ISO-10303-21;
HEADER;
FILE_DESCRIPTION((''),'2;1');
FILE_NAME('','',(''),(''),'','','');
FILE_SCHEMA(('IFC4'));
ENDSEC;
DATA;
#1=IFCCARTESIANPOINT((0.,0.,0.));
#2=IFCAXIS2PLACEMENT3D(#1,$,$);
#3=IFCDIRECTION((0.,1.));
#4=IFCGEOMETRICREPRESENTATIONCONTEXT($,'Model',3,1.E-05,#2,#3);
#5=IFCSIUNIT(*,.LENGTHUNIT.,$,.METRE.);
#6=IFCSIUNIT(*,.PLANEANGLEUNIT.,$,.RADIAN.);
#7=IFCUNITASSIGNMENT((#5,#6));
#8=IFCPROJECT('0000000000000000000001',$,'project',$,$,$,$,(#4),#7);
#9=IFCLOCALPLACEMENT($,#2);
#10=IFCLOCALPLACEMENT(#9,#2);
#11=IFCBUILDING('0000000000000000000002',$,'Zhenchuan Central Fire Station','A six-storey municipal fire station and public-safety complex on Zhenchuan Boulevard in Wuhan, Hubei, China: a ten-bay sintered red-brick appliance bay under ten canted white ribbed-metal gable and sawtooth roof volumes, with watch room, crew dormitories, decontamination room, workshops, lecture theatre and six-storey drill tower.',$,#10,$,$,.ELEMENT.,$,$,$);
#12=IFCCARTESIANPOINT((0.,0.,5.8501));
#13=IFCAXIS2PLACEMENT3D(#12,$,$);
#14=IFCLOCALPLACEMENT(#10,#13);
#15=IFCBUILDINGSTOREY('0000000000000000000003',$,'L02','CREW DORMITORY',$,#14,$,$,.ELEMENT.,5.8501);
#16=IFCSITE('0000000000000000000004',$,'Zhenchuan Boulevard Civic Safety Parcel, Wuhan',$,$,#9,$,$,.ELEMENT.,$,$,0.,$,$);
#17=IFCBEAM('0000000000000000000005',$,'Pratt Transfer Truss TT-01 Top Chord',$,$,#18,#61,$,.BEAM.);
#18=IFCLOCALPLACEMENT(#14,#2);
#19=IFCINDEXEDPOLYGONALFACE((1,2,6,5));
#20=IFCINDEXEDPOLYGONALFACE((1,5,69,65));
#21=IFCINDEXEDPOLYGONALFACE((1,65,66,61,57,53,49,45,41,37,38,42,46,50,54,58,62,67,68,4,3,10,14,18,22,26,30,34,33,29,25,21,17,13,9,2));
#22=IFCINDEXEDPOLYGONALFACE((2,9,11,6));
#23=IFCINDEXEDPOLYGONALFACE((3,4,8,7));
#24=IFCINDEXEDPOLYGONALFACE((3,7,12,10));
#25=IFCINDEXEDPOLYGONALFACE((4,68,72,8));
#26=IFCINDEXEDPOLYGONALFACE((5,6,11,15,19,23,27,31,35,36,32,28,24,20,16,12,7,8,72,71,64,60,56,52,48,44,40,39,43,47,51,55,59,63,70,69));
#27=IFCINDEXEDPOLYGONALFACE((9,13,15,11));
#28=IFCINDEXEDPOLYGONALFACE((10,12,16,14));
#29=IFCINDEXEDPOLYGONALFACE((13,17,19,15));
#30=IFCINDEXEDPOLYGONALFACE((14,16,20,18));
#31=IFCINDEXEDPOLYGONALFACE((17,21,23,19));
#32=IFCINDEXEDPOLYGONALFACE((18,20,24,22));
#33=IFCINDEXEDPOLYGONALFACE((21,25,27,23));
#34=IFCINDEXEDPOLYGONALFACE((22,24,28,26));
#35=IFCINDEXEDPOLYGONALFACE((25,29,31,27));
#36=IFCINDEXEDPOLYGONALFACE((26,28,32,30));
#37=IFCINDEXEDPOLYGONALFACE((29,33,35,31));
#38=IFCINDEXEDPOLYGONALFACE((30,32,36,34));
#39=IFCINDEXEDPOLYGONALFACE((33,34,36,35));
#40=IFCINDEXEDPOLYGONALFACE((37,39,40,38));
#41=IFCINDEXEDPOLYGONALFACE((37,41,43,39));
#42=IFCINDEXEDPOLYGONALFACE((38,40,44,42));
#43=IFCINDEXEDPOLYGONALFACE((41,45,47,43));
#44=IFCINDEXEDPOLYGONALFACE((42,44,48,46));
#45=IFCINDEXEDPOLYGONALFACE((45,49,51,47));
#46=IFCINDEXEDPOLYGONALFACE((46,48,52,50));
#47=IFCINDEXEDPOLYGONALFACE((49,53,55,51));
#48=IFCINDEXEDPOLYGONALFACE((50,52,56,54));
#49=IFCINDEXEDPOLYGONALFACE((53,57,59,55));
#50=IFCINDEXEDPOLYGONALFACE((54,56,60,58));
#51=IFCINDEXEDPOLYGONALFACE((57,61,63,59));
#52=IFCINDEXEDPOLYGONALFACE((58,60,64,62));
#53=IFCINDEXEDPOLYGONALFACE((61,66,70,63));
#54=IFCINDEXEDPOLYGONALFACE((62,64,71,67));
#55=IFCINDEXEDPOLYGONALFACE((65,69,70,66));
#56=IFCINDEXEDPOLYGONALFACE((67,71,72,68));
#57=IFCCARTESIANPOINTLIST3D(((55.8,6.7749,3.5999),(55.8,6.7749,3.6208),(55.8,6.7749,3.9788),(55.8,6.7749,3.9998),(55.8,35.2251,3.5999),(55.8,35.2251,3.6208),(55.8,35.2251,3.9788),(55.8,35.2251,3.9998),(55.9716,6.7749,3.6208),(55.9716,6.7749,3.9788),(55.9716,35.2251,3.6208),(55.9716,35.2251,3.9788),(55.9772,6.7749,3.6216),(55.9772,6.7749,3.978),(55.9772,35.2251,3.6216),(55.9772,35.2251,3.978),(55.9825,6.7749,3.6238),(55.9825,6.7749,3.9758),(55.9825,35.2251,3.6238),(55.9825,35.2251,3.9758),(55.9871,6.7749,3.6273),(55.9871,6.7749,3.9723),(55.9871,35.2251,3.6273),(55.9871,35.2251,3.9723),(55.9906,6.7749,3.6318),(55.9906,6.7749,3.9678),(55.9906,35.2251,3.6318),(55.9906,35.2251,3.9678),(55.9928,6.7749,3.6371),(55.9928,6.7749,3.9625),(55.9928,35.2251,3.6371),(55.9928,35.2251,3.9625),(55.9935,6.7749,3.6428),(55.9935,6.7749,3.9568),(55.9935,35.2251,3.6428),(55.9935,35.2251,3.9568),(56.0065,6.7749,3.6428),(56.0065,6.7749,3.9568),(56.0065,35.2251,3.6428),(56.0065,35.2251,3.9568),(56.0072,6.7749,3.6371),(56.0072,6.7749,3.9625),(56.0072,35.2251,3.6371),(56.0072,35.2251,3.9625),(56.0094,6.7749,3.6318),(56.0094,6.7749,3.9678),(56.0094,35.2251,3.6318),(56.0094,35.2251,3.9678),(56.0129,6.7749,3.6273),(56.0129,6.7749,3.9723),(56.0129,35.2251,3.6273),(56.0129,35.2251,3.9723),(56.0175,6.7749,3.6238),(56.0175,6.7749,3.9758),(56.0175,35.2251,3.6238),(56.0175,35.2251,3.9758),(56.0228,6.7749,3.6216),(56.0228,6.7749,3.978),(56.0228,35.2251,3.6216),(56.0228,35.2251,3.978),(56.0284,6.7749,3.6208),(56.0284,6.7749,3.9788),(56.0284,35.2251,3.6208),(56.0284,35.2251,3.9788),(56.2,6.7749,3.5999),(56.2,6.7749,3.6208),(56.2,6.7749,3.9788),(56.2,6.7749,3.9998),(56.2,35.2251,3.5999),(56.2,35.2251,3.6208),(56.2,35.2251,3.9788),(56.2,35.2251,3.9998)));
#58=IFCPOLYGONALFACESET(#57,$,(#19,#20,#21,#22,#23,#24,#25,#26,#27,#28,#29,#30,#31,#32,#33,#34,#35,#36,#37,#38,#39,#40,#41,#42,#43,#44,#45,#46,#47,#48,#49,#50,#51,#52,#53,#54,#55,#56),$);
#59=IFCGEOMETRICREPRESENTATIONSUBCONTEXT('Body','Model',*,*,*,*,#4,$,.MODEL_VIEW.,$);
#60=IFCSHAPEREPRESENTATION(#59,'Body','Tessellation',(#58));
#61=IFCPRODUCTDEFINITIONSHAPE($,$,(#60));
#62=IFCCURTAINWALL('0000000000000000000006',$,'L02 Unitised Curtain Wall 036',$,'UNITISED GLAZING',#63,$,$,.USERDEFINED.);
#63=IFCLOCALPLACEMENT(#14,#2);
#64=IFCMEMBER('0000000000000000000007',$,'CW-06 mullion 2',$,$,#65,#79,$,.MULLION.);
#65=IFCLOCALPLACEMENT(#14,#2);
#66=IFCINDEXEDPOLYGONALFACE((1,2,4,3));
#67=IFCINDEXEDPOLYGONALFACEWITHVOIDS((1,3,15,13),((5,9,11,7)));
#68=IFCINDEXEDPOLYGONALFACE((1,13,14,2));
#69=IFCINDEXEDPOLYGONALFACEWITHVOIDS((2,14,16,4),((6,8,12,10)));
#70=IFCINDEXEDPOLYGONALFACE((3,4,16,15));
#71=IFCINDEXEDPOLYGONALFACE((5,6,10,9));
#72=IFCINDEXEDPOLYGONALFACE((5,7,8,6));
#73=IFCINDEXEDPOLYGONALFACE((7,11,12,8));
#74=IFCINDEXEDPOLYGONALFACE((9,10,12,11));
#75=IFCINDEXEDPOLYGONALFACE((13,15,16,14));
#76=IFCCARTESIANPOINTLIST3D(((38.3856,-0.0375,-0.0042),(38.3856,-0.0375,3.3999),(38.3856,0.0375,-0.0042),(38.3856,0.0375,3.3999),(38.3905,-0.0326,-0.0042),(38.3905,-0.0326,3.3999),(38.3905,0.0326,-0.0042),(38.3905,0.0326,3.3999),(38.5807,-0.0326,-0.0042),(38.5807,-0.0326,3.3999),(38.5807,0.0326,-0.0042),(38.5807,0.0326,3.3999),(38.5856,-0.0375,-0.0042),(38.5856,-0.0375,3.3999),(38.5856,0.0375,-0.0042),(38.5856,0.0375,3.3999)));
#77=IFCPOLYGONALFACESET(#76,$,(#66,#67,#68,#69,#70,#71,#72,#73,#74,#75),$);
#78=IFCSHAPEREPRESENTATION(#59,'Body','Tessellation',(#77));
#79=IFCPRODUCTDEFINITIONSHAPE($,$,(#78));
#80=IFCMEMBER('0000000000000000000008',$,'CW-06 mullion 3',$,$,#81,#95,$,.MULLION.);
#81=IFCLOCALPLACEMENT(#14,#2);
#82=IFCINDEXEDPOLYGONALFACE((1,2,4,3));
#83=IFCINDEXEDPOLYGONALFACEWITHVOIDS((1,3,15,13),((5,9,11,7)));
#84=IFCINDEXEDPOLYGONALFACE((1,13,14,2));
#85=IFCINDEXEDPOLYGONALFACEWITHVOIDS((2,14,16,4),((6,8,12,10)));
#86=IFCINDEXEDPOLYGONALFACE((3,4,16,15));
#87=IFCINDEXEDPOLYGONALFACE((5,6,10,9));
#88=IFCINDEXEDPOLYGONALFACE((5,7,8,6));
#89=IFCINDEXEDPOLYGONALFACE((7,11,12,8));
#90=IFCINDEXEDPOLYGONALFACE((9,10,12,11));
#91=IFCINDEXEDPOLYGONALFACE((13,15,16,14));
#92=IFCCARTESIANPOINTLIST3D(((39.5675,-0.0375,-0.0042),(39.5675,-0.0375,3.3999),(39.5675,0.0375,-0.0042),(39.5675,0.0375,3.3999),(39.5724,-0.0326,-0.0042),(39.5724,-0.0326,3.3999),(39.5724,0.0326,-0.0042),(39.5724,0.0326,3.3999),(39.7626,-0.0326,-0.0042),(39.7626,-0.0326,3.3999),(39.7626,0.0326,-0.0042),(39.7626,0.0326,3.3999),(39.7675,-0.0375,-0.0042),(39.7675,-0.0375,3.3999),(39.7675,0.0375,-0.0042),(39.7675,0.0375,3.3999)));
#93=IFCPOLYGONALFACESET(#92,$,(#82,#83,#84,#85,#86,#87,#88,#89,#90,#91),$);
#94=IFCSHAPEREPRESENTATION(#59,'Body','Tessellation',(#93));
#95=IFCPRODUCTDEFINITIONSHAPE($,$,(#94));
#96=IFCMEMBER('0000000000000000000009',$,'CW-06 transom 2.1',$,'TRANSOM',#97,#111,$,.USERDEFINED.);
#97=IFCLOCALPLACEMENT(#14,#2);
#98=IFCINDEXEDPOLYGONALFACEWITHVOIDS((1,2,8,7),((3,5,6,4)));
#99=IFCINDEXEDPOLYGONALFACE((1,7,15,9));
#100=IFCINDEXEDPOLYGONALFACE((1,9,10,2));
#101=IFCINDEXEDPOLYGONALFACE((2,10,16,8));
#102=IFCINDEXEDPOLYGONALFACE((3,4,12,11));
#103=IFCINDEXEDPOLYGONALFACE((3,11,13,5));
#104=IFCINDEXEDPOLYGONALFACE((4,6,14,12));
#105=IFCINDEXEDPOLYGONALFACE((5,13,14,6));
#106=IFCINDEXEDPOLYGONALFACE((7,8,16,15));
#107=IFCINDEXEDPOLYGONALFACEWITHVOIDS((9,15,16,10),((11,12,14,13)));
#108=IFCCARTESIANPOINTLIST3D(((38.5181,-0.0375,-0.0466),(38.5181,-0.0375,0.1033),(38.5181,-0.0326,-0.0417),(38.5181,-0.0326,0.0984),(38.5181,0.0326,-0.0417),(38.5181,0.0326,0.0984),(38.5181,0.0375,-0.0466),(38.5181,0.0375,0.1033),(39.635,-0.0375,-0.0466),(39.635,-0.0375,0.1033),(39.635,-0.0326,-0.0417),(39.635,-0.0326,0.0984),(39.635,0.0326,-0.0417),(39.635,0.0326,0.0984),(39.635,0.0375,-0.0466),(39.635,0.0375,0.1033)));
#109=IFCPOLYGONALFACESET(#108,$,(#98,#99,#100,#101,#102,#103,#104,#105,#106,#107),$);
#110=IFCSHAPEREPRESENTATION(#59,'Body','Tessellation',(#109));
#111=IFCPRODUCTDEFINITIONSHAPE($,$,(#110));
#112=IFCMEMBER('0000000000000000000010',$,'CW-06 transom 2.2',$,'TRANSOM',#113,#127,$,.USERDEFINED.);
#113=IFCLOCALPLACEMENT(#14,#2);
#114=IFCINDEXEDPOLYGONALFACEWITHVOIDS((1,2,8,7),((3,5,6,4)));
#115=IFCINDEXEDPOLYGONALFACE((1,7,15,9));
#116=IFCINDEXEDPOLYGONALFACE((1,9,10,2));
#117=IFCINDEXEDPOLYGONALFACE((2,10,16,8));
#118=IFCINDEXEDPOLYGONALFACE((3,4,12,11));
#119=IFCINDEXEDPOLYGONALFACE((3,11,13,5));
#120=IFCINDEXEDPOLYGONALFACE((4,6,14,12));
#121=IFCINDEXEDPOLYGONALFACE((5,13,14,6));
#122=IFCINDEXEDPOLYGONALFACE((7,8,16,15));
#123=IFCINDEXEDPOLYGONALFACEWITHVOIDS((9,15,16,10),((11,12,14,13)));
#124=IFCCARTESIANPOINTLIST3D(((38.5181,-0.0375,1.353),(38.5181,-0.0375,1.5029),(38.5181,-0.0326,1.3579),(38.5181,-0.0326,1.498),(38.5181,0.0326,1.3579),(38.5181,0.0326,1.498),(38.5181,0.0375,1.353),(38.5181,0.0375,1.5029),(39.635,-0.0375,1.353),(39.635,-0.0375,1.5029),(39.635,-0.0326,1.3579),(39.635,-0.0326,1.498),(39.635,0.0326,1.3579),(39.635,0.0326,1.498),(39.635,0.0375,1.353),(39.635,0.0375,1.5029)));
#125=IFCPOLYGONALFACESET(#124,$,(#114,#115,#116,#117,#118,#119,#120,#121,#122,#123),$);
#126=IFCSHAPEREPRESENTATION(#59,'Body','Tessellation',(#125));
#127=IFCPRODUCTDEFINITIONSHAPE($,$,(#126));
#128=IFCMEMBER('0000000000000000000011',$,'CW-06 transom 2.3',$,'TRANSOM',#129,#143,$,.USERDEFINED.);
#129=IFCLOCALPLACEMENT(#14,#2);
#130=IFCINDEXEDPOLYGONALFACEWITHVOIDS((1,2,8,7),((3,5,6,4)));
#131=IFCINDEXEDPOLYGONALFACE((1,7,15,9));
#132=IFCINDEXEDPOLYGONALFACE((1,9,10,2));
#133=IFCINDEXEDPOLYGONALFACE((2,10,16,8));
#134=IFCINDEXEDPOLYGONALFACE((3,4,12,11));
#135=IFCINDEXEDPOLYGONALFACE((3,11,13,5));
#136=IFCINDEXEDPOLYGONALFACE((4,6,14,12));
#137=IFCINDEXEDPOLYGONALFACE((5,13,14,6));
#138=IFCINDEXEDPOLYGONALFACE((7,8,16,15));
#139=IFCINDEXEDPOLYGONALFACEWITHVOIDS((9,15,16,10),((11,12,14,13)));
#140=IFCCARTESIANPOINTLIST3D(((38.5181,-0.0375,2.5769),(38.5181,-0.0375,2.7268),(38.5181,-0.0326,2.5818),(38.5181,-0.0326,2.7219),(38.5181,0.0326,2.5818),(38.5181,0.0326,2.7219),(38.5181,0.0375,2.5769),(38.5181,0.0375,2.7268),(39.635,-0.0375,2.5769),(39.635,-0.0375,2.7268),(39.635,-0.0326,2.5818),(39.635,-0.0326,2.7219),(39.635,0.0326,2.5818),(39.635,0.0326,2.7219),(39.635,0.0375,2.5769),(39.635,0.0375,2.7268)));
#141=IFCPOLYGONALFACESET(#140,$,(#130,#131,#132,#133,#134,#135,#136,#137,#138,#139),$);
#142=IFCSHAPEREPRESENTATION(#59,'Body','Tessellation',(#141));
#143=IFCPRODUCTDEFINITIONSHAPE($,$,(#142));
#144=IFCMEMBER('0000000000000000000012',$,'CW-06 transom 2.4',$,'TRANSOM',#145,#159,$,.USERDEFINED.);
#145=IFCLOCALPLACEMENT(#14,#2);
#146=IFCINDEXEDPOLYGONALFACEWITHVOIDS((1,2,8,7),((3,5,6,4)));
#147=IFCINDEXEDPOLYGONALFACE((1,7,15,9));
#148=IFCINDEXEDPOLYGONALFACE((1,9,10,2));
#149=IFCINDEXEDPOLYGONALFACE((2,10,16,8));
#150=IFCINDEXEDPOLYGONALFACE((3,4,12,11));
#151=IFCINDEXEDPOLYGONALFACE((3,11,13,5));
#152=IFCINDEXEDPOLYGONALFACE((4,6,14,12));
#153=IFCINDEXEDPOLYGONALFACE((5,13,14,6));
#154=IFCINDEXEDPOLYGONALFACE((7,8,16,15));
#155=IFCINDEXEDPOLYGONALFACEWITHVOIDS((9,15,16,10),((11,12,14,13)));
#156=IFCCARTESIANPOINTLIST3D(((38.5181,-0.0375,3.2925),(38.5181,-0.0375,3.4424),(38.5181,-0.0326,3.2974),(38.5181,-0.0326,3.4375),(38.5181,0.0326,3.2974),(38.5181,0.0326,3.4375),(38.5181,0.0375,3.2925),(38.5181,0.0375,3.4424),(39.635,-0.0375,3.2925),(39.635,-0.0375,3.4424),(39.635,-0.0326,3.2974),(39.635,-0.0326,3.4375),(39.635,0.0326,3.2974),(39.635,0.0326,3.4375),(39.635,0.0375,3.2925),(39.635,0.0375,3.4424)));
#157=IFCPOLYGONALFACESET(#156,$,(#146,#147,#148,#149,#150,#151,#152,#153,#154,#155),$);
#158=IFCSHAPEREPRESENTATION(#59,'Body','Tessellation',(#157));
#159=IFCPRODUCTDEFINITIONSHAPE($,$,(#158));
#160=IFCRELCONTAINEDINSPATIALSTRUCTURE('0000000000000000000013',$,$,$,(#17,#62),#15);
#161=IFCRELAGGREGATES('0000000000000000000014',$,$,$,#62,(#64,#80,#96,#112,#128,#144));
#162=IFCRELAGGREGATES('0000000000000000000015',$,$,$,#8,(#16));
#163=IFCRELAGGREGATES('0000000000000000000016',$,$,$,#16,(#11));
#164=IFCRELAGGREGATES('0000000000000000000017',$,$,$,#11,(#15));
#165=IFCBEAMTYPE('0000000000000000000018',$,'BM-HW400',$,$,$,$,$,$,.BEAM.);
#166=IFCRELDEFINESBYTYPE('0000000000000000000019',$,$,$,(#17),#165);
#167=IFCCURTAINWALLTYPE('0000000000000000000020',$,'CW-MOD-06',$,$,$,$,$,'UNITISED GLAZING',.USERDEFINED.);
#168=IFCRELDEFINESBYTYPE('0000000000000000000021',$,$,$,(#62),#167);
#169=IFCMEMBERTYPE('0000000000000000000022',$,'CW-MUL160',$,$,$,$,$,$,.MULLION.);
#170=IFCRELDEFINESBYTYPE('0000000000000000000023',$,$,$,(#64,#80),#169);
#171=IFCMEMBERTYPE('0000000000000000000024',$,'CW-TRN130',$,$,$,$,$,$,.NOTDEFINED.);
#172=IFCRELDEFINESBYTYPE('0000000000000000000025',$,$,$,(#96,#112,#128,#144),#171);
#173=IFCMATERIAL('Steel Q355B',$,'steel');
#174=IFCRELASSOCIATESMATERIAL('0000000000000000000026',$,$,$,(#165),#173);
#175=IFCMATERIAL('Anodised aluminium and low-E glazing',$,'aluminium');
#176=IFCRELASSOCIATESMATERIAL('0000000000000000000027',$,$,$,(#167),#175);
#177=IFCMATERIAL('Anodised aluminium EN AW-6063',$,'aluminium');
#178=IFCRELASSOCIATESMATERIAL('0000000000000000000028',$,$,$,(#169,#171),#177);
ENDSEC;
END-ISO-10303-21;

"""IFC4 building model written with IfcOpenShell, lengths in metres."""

from ifc_helpers import new_model, si_unit, direction, frame, origin, origin_2d, place, context, subcontext, project, spatial, hollow_rectangle, i_section, extrude, material, material_profile, profile_set, type_object, element, aggregate, save


model = new_model("IFC4")

# Units and contexts
model_context = context("Model", 3, precision=1e-05, world=origin(), true_north=direction((0.0, 1.0)))
body_context = subcontext(model_context, "Body", "Model", "MODEL_VIEW")
ifc_project = project(units=[si_unit("LENGTHUNIT", "METRE"), si_unit("PLANEANGLEUNIT", "RADIAN")], contexts=[model_context])

# Site, building, storey
site_placement = place(None, origin())
site = spatial("IfcSite", under=ifc_project, at=site_placement, Name="Zhenchuan Boulevard Civic Safety Parcel, Wuhan", CompositionType="ELEMENT", RefElevation=0.0)
building_placement = place(site_placement, origin())
building = spatial("IfcBuilding", under=site, at=building_placement, Name="Zhenchuan Central Fire Station", Description="A six-storey municipal fire station and public-safety complex on Zhenchuan Boulevard in Wuhan, Hubei, China: a ten-bay sintered red-brick appliance bay under ten canted white ribbed-metal gable and sawtooth roof volumes, with watch room, crew dormitories, decontamination room, workshops, lecture theatre and six-storey drill tower.", CompositionType="ELEMENT")
storey_placement = place(building_placement, frame((0.0, 0.0, 5.8501)))
storey = spatial("IfcBuildingStorey", under=building, at=storey_placement, Name="L02", Description="CREW DORMITORY", CompositionType="ELEMENT", Elevation=5.8501)

# Shared definitions
ifc_material_1 = material(Name="Steel Q355B", Category="steel")

# Beam
ifc_material_profile_1 = material_profile(ifc_material_1, i_section(OverallWidth=0.3999, OverallDepth=0.3999, WebThickness=0.0129, FlangeThickness=0.021, FilletRadius=0.022, at=origin_2d()), Name="HW 400x400")
ifc_profile_set_1 = profile_set([ifc_material_profile_1], Name="Steel Q355B")
beam_type_1 = type_object("IfcBeamType", Name="BM-HW400", PredefinedType="BEAM", material=ifc_profile_set_1)
beam_1_placement = place(storey_placement, frame((56.0, 6.7749, 3.7998), z_axis=(0.0, 1.0, 0.0), x_axis=(-1.0, 0.0, 0.0)))
element("IfcBeam", 1, at=beam_1_placement, inside=storey, type_object=beam_type_1, Name="Pratt Transfer Truss TT-01 Top Chord", PredefinedType="BEAM", context=body_context, shape_type="SweptSolid", body=[
    extrude(i_section(OverallWidth=0.3999, OverallDepth=0.3999, WebThickness=0.0129, FlangeThickness=0.021, FilletRadius=0.022, at=origin_2d()), origin(), (0.0, 0.0, 1.0), 28.4502),
])

# Curtain wall, members
ifc_material_2 = material(Name="Anodised aluminium and low-E glazing", Category="aluminium")
curtain_wall_type = type_object("IfcCurtainWallType", Name="CW-MOD-06", ElementType="UNITISED GLAZING", PredefinedType="USERDEFINED", material=ifc_material_2)
curtain_wall_placement = place(storey_placement, origin())
curtain_wall = element("IfcCurtainWall", 2, at=curtain_wall_placement, inside=storey, type_object=curtain_wall_type, Name="L02 Unitised Curtain Wall 036", ObjectType="UNITISED GLAZING", PredefinedType="USERDEFINED")
ifc_material_3 = material(Name="Anodised aluminium EN AW-6063", Category="aluminium")
ifc_material_profile_2 = material_profile(ifc_material_3, hollow_rectangle(XDim=0.075, YDim=0.2, WallThickness=0.0049, at=origin_2d()), Name="ALU-M 200x75")
ifc_profile_set_2 = profile_set([ifc_material_profile_2], Name="Anodised aluminium EN AW-6063")
member_type_1 = type_object("IfcMemberType", Name="CW-MUL160", PredefinedType="MULLION", material=ifc_profile_set_2)
member_1_placement = place(storey_placement, frame((38.4856, 0.0, -0.0042), z_axis=(0.0, 0.0, 1.0), x_axis=(0.0, 1.0, 0.0)))
member_1 = element("IfcMember", 3, at=member_1_placement, type_object=member_type_1, Name="CW-06 mullion 2", PredefinedType="MULLION", context=body_context, shape_type="SweptSolid", body=[
    extrude(hollow_rectangle(XDim=0.075, YDim=0.2, WallThickness=0.0049, at=origin_2d()), origin(), (0.0, 0.0, 1.0), 3.4041),
])
member_2_placement = place(storey_placement, frame((39.6675, 0.0, -0.0042), z_axis=(0.0, 0.0, 1.0), x_axis=(0.0, 1.0, 0.0)))
member_2 = element("IfcMember", 4, at=member_2_placement, type_object=member_type_1, Name="CW-06 mullion 3", PredefinedType="MULLION", context=body_context, shape_type="SweptSolid", body=[
    extrude(hollow_rectangle(XDim=0.075, YDim=0.2, WallThickness=0.0049, at=origin_2d()), origin(), (0.0, 0.0, 1.0), 3.4041),
])
ifc_material_profile_3 = material_profile(ifc_material_3, hollow_rectangle(XDim=0.075, YDim=0.1499, WallThickness=0.0049, at=origin_2d()), Name="ALU-T 150x75")
ifc_profile_set_3 = profile_set([ifc_material_profile_3], Name="Anodised aluminium EN AW-6063")
member_type_2 = type_object("IfcMemberType", Name="CW-TRN130", PredefinedType="NOTDEFINED", material=ifc_profile_set_3)
member_3_placement = place(storey_placement, frame((38.5181, 0.0, 0.0283), z_axis=(1.0, 0.0, 0.0), x_axis=(0.0, 1.0, 0.0)))
member_3 = element("IfcMember", 5, at=member_3_placement, type_object=member_type_2, Name="CW-06 transom 2.1", ObjectType="TRANSOM", PredefinedType="USERDEFINED", context=body_context, shape_type="SweptSolid", body=[
    extrude(hollow_rectangle(XDim=0.075, YDim=0.1499, WallThickness=0.0049, at=origin_2d()), origin(), (0.0, 0.0, 1.0), 1.1169),
])
member_4_placement = place(storey_placement, frame((38.5181, 0.0, 1.428), z_axis=(1.0, 0.0, 0.0), x_axis=(0.0, 1.0, 0.0)))
member_4 = element("IfcMember", 6, at=member_4_placement, type_object=member_type_2, Name="CW-06 transom 2.2", ObjectType="TRANSOM", PredefinedType="USERDEFINED", context=body_context, shape_type="SweptSolid", body=[
    extrude(hollow_rectangle(XDim=0.075, YDim=0.1499, WallThickness=0.0049, at=origin_2d()), origin(), (0.0, 0.0, 1.0), 1.1169),
])
member_5_placement = place(storey_placement, frame((38.5181, 0.0, 2.6519), z_axis=(1.0, 0.0, 0.0), x_axis=(0.0, 1.0, 0.0)))
member_5 = element("IfcMember", 7, at=member_5_placement, type_object=member_type_2, Name="CW-06 transom 2.3", ObjectType="TRANSOM", PredefinedType="USERDEFINED", context=body_context, shape_type="SweptSolid", body=[
    extrude(hollow_rectangle(XDim=0.075, YDim=0.1499, WallThickness=0.0049, at=origin_2d()), origin(), (0.0, 0.0, 1.0), 1.1169),
])
member_6_placement = place(storey_placement, frame((38.5181, 0.0, 3.3674), z_axis=(1.0, 0.0, 0.0), x_axis=(0.0, 1.0, 0.0)))
member_6 = element("IfcMember", 8, at=member_6_placement, type_object=member_type_2, Name="CW-06 transom 2.4", ObjectType="TRANSOM", PredefinedType="USERDEFINED", context=body_context, shape_type="SweptSolid", body=[
    extrude(hollow_rectangle(XDim=0.075, YDim=0.1499, WallThickness=0.0049, at=origin_2d()), origin(), (0.0, 0.0, 1.0), 1.1169),
])

aggregate(curtain_wall, [member_1, member_2, member_3, member_4, member_5, member_6])

save(model, "model.ifc")
